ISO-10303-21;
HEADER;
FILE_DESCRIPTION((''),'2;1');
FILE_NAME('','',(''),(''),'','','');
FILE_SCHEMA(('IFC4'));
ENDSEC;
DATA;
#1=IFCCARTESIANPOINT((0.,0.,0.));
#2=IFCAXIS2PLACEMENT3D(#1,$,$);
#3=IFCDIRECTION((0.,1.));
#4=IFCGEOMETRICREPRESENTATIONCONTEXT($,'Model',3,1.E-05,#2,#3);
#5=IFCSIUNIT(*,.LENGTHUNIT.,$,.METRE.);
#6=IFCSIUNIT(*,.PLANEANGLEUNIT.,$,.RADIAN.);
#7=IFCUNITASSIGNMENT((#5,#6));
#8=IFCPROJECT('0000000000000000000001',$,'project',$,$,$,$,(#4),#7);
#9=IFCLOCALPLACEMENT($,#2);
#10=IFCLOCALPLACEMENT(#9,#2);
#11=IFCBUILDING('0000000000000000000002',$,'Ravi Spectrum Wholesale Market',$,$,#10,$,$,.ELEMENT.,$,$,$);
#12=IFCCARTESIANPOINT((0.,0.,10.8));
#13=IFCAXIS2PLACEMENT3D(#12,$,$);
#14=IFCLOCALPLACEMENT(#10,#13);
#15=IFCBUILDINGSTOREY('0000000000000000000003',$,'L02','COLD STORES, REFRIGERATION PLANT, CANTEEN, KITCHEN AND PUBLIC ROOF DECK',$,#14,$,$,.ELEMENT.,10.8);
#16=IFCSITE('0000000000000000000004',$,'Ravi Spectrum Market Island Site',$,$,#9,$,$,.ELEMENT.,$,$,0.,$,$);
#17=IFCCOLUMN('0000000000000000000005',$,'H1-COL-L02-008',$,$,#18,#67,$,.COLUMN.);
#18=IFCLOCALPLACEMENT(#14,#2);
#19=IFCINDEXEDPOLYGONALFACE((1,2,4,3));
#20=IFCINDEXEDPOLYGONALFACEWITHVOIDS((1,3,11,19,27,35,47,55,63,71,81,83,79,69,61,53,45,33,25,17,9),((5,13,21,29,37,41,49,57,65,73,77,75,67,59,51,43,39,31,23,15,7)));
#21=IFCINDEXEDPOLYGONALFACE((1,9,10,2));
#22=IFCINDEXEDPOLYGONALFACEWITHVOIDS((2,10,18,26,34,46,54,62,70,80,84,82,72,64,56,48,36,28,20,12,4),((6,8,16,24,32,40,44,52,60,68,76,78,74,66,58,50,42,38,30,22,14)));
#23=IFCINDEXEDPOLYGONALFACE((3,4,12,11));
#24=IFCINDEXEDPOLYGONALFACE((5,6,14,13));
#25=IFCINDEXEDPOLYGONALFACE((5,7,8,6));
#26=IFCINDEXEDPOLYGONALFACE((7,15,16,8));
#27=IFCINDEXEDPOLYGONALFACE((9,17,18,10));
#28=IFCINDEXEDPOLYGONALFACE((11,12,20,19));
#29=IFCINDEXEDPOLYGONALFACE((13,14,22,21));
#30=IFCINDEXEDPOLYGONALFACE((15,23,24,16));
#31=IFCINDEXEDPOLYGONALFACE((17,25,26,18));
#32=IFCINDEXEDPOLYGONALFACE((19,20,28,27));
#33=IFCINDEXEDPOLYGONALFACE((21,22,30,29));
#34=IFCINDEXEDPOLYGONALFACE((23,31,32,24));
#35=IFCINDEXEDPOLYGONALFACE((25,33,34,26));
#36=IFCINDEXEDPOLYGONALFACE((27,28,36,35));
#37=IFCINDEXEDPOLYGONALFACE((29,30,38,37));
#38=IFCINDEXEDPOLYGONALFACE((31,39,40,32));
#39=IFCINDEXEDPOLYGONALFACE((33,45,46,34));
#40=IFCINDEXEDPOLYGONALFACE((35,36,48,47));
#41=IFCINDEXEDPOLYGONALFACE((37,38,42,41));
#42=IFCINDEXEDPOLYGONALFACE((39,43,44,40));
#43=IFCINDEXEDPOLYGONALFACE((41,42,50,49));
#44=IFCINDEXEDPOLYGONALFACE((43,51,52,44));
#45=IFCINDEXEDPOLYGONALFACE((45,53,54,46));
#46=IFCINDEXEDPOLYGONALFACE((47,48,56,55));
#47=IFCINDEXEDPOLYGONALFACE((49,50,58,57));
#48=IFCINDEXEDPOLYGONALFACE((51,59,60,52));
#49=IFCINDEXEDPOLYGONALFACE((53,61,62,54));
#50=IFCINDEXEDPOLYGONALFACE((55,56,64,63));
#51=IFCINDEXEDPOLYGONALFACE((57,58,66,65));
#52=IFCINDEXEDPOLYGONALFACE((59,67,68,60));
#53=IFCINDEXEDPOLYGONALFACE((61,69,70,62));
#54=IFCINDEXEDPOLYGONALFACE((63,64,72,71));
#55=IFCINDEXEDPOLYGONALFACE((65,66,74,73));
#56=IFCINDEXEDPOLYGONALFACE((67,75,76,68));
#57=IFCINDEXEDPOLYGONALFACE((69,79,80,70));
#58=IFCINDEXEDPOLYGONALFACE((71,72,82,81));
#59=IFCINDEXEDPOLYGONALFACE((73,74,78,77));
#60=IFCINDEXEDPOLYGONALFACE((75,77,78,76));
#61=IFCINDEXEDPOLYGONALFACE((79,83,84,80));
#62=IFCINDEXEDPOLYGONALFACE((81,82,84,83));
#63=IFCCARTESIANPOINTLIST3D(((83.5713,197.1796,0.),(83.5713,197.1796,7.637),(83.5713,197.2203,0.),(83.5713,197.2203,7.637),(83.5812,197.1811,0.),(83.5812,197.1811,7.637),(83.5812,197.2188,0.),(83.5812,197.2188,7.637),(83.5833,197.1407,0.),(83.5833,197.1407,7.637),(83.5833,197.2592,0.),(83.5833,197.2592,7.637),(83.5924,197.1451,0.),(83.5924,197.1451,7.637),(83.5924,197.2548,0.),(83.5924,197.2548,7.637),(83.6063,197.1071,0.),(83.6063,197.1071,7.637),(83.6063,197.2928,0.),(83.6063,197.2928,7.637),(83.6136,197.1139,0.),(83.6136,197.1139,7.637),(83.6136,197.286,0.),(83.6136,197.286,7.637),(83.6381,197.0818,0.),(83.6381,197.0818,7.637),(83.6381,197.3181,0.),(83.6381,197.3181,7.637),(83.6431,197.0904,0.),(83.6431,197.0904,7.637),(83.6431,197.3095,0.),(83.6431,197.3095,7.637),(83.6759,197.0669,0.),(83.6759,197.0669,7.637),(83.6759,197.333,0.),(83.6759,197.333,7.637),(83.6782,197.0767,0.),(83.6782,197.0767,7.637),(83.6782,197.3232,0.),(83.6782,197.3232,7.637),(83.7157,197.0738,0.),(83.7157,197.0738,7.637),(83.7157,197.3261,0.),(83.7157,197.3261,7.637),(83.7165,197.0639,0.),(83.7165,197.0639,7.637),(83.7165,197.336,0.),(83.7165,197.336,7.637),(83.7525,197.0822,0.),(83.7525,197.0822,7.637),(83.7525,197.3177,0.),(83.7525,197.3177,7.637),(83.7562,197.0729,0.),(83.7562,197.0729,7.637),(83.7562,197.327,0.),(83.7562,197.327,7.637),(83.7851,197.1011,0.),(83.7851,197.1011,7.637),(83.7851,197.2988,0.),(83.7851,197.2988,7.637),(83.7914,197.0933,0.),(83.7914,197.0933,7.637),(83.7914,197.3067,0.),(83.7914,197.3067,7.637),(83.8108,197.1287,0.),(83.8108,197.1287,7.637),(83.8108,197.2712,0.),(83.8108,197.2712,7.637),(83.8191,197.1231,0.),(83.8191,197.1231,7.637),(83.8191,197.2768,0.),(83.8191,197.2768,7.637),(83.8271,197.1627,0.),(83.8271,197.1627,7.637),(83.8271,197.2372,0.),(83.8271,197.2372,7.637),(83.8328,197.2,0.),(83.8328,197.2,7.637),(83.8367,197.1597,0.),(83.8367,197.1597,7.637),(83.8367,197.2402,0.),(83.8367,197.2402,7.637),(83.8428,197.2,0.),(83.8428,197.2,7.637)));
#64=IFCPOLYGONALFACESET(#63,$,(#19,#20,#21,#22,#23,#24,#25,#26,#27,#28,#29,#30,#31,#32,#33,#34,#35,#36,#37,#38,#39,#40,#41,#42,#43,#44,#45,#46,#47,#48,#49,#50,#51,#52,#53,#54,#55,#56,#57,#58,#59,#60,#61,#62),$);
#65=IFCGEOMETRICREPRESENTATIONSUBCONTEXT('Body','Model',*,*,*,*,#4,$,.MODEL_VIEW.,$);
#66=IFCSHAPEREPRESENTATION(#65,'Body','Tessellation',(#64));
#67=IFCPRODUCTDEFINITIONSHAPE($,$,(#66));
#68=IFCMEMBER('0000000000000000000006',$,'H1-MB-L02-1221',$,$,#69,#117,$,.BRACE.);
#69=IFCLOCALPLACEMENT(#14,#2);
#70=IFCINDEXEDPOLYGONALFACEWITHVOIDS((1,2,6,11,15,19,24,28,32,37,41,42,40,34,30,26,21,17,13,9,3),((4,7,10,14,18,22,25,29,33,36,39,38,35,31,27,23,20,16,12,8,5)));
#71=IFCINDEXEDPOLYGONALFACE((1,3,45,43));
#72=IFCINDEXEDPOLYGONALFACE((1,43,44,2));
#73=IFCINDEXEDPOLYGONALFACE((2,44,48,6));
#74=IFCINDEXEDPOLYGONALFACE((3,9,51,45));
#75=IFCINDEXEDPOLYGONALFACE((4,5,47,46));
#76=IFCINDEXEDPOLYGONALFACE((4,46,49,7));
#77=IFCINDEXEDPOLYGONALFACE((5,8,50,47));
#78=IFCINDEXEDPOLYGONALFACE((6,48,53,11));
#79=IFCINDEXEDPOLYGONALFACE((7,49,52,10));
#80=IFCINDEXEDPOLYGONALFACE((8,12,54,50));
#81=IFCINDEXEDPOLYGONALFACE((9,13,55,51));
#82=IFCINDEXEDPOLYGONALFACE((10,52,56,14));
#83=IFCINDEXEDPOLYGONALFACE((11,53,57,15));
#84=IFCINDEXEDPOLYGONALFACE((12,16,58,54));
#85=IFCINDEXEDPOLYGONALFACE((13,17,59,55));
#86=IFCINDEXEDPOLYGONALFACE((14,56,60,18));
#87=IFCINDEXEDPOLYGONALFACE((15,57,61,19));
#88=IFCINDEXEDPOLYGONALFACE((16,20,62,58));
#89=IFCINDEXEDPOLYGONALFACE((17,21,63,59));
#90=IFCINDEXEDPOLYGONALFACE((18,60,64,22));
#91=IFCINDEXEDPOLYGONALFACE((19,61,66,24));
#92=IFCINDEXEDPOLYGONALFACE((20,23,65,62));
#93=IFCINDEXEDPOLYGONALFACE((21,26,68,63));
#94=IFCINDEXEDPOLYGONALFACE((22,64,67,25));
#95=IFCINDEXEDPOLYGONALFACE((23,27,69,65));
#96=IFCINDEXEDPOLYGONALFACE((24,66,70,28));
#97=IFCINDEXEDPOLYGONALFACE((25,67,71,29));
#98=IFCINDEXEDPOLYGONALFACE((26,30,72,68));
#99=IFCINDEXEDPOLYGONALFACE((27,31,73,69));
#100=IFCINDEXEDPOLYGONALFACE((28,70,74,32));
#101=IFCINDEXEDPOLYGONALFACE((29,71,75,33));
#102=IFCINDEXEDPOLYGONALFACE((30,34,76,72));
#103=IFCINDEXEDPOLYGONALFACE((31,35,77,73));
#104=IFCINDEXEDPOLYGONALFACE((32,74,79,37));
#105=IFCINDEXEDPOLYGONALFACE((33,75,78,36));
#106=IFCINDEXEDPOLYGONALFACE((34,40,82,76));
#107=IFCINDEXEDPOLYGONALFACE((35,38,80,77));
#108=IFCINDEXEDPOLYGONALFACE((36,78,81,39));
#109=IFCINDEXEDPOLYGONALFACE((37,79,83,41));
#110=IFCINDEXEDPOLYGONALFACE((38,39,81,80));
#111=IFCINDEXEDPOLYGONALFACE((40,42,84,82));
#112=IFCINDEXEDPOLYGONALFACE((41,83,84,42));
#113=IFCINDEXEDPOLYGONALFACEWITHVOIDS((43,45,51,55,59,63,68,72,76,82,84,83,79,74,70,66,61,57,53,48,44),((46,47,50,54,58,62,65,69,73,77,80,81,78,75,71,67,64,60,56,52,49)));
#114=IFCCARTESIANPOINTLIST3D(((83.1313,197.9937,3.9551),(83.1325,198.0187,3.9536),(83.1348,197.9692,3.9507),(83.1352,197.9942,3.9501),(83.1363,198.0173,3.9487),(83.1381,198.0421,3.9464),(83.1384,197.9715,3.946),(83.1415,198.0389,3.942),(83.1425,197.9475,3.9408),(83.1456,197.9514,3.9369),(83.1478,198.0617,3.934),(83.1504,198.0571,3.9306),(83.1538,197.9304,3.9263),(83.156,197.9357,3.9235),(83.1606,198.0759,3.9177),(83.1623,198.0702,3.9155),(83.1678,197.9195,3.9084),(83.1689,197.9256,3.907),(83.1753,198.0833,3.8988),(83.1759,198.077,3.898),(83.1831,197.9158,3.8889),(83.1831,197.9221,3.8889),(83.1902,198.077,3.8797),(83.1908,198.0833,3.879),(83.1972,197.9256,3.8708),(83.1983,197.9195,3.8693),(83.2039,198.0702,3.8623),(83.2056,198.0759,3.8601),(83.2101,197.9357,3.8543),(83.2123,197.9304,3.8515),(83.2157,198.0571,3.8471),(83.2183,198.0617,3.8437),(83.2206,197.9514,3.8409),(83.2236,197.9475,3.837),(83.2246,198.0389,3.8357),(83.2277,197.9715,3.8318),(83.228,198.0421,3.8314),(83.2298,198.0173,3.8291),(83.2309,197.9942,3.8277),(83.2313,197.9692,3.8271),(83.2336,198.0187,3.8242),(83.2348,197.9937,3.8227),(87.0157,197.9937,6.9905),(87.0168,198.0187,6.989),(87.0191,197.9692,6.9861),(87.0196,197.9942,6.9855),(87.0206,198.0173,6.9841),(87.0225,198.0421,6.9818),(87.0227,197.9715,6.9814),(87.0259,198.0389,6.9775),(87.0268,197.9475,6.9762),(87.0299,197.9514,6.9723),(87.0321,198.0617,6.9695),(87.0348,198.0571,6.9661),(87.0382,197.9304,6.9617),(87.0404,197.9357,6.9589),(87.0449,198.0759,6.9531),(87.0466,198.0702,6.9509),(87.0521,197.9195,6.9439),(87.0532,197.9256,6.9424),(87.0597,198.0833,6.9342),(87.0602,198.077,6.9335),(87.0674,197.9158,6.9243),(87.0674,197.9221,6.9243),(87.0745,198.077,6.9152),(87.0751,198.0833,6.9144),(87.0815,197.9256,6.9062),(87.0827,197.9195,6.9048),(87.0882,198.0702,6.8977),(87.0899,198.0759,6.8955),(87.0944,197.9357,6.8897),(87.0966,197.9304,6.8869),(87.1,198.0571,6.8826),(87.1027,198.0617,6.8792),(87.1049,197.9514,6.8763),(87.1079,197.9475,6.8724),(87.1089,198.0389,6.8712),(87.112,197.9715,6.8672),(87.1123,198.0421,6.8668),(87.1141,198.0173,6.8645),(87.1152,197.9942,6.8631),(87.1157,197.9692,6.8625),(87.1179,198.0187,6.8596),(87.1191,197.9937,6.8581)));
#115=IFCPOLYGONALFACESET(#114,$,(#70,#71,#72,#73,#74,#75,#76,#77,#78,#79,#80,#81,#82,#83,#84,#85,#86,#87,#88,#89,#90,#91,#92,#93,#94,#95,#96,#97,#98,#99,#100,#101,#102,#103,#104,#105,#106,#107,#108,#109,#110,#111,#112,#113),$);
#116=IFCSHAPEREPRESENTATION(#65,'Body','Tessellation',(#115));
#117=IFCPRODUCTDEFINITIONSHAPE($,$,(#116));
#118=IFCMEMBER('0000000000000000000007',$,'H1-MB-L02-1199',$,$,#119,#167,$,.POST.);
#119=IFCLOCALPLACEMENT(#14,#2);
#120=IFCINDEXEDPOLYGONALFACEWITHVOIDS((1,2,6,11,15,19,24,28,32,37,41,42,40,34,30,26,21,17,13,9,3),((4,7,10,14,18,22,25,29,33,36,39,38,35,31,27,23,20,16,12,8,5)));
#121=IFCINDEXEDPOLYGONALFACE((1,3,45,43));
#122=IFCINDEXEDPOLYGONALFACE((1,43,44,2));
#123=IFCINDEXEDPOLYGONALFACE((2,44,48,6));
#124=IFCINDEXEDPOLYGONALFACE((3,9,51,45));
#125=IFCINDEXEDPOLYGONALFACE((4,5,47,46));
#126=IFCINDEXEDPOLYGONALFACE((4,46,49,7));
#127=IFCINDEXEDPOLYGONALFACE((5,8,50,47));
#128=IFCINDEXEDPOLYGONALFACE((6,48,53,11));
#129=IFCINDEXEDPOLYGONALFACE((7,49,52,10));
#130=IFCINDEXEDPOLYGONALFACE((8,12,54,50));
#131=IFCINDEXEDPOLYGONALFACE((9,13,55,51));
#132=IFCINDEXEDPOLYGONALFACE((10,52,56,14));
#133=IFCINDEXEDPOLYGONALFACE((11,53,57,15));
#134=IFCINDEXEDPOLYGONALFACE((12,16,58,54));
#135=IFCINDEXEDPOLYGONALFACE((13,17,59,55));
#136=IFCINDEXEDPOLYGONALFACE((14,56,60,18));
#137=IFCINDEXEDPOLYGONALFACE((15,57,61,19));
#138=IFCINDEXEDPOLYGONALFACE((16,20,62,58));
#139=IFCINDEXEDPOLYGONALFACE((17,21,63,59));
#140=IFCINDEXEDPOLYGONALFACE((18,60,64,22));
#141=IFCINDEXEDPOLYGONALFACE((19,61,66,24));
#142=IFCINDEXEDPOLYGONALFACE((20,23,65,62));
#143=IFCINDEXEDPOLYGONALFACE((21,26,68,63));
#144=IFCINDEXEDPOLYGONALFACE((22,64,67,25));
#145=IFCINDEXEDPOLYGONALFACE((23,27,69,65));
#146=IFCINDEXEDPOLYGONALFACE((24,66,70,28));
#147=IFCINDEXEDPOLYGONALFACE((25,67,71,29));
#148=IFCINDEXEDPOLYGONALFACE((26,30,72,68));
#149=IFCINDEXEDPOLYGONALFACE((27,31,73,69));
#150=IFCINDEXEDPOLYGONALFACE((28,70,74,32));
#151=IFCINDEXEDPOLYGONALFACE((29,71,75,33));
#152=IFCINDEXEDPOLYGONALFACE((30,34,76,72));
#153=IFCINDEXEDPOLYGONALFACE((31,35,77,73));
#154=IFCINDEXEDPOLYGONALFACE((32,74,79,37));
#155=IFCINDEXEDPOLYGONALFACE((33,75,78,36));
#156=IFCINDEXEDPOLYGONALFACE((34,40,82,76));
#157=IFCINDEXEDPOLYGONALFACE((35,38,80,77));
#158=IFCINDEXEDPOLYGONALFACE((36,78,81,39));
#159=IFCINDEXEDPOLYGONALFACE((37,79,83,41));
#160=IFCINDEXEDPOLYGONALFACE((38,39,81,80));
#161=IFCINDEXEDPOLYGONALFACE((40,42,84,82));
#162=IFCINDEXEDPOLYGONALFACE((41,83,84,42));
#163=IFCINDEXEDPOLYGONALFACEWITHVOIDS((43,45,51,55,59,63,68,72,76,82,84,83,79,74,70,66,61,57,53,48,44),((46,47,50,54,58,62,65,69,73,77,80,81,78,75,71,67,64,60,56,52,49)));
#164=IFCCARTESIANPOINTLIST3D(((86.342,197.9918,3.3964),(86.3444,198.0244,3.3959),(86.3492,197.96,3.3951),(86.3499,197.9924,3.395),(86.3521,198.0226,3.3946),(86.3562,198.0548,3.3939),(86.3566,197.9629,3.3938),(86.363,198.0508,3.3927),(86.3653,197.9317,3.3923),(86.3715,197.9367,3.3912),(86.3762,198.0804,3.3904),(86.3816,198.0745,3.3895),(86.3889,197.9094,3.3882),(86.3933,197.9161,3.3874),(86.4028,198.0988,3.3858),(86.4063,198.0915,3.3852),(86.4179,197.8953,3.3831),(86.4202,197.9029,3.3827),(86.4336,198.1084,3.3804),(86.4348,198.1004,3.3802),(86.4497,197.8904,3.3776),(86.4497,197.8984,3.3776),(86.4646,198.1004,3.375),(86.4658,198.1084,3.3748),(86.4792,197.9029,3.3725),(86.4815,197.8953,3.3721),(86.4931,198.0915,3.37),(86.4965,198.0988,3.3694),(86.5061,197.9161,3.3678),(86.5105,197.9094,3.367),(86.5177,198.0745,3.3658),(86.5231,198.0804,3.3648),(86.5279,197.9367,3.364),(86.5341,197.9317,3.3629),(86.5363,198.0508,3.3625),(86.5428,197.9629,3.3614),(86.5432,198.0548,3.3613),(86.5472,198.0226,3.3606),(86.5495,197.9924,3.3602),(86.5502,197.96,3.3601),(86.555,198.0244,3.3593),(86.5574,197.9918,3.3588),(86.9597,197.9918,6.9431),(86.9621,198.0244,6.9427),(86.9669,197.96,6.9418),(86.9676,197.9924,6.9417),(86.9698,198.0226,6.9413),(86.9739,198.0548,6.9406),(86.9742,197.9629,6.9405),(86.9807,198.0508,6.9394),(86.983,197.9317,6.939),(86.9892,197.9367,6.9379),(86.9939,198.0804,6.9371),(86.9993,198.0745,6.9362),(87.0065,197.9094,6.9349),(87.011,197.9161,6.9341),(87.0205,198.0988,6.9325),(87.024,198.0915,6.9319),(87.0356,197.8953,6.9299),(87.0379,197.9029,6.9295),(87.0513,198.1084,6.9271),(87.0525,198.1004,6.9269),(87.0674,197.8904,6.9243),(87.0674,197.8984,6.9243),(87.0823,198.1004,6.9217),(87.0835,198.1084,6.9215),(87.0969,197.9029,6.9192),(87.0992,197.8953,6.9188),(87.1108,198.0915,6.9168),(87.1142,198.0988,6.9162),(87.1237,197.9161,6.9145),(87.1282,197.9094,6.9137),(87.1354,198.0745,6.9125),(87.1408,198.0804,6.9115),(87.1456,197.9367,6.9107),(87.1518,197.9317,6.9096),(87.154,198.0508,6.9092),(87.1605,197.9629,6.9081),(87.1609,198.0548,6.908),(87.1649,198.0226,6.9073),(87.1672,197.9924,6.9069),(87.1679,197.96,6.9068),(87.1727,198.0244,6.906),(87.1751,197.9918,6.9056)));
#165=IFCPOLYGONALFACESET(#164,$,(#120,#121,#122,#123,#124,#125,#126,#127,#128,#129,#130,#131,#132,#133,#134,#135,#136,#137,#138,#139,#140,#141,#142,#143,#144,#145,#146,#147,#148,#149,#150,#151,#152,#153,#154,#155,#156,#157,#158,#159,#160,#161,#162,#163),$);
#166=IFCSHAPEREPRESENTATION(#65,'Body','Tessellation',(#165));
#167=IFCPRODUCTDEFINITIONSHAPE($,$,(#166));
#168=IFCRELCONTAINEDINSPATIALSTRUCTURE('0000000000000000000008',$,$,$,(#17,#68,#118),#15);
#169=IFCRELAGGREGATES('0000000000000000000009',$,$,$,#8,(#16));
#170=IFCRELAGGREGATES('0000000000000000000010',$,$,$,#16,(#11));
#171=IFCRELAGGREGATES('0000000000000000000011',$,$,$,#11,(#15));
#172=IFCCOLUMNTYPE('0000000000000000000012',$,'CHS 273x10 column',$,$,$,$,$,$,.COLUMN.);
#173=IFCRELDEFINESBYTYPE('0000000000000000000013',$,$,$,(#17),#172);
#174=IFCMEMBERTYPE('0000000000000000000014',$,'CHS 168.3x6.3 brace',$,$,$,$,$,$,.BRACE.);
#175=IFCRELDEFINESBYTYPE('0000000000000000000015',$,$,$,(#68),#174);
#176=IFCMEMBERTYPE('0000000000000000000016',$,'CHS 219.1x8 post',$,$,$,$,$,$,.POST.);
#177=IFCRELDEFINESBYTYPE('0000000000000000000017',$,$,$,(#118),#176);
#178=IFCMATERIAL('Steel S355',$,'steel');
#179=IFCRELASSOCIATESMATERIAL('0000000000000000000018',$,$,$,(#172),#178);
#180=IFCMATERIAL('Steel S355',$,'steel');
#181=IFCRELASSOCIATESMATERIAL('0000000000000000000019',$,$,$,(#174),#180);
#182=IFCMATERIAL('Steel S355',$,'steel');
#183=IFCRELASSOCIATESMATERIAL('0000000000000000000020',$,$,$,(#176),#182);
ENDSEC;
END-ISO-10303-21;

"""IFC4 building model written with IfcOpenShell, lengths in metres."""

from ifc_helpers import new_model, si_unit, direction, frame, origin, origin_2d, place, context, subcontext, project, spatial, hollow_circle, extrude, material, material_profile, profile_set, type_object, element, save


model = new_model("IFC4")

# Units and contexts
model_context = context("Model", 3, precision=1e-05, world=origin(), true_north=direction((0.0, 1.0)))
body_context = subcontext(model_context, "Body", "Model", "MODEL_VIEW")
ifc_project = project(units=[si_unit("LENGTHUNIT", "METRE"), si_unit("PLANEANGLEUNIT", "RADIAN")], contexts=[model_context])

# Site, building, storey
site_placement = place(None, origin())
site = spatial("IfcSite", under=ifc_project, at=site_placement, Name="Ravi Spectrum Market Island Site", CompositionType="ELEMENT", RefElevation=0.0)
building_placement = place(site_placement, origin())
building = spatial("IfcBuilding", under=site, at=building_placement, Name="Ravi Spectrum Wholesale Market", CompositionType="ELEMENT")
storey_placement = place(building_placement, frame((0.0, 0.0, 10.8)))
storey = spatial("IfcBuildingStorey", under=building, at=storey_placement, Name="L02", Description="COLD STORES, REFRIGERATION PLANT, CANTEEN, KITCHEN AND PUBLIC ROOF DECK", CompositionType="ELEMENT", Elevation=10.8)

# Column
ifc_material_1 = material(Name="Steel S355", Category="steel")
ifc_material_profile_1 = material_profile(ifc_material_1, hollow_circle(Radius=0.1365, WallThickness=0.01, at=origin_2d()))
ifc_profile_set_1 = profile_set([ifc_material_profile_1], Name="Steel S355")
column_type = type_object("IfcColumnType", Name="CHS 273x10 column", PredefinedType="COLUMN", material=ifc_profile_set_1)
column_placement = place(storey_placement, frame((83.7063, 197.2, 0.0), z_axis=(0.0, 0.0, 1.0), x_axis=(1.0, 0.0, 0.0)))
element("IfcColumn", 1, at=column_placement, inside=storey, type_object=column_type, Name="H1-COL-L02-008", PredefinedType="COLUMN", context=body_context, shape_type="SweptSolid", body=[
    extrude(hollow_circle(Radius=0.1365, WallThickness=0.01, at=origin_2d()), origin(), (0.0, 0.0, 1.0), 7.637),
])

# Members
ifc_material_2 = material(Name="Steel S355", Category="steel")
ifc_material_profile_2 = material_profile(ifc_material_2, hollow_circle(Radius=0.0842, WallThickness=0.0063, at=origin_2d()))
ifc_profile_set_2 = profile_set([ifc_material_profile_2], Name="Steel S355")
member_type_1 = type_object("IfcMemberType", Name="CHS 168.3x6.3 brace", PredefinedType="BRACE", material=ifc_profile_set_2)
member_1_placement = place(storey_placement, frame((87.0674, 198.0, 6.9243), z_axis=(-0.787945, 0.0, -0.615746), x_axis=(0.0, -1.0, 0.0)))
element("IfcMember", 2, at=member_1_placement, inside=storey, type_object=member_type_1, Name="H1-MB-L02-1221", PredefinedType="BRACE", context=body_context, shape_type="SweptSolid", body=[
    extrude(hollow_circle(Radius=0.0842, WallThickness=0.0063, at=origin_2d()), origin(), (0.0, 0.0, 1.0), 4.9297),
])
ifc_material_3 = material(Name="Steel S355", Category="steel")
ifc_material_profile_3 = material_profile(ifc_material_3, hollow_circle(Radius=0.1096, WallThickness=0.0081, at=origin_2d()))
ifc_profile_set_3 = profile_set([ifc_material_profile_3], Name="Steel S355")
member_type_2 = type_object("IfcMemberType", Name="CHS 219.1x8 post", PredefinedType="POST", material=ifc_profile_set_3)
for number, where, z_axis, x_axis, name in (
    (3, (87.0674, 198.0, 6.9243), (-0.171576, 0.0, -0.985171), (0.0, -1.0, 0.0), "H1-MB-L02-1199"),
):
    element("IfcMember", number, at=place(storey_placement, frame(where, z_axis=z_axis, x_axis=x_axis)), inside=storey, type_object=member_type_2, Name=name, PredefinedType="POST", context=body_context, shape_type="SweptSolid", body=[
        extrude(hollow_circle(Radius=0.1096, WallThickness=0.0081, at=origin_2d()), origin(), (0.0, 0.0, 1.0), 3.6001),
    ])

save(model, "model.ifc")
